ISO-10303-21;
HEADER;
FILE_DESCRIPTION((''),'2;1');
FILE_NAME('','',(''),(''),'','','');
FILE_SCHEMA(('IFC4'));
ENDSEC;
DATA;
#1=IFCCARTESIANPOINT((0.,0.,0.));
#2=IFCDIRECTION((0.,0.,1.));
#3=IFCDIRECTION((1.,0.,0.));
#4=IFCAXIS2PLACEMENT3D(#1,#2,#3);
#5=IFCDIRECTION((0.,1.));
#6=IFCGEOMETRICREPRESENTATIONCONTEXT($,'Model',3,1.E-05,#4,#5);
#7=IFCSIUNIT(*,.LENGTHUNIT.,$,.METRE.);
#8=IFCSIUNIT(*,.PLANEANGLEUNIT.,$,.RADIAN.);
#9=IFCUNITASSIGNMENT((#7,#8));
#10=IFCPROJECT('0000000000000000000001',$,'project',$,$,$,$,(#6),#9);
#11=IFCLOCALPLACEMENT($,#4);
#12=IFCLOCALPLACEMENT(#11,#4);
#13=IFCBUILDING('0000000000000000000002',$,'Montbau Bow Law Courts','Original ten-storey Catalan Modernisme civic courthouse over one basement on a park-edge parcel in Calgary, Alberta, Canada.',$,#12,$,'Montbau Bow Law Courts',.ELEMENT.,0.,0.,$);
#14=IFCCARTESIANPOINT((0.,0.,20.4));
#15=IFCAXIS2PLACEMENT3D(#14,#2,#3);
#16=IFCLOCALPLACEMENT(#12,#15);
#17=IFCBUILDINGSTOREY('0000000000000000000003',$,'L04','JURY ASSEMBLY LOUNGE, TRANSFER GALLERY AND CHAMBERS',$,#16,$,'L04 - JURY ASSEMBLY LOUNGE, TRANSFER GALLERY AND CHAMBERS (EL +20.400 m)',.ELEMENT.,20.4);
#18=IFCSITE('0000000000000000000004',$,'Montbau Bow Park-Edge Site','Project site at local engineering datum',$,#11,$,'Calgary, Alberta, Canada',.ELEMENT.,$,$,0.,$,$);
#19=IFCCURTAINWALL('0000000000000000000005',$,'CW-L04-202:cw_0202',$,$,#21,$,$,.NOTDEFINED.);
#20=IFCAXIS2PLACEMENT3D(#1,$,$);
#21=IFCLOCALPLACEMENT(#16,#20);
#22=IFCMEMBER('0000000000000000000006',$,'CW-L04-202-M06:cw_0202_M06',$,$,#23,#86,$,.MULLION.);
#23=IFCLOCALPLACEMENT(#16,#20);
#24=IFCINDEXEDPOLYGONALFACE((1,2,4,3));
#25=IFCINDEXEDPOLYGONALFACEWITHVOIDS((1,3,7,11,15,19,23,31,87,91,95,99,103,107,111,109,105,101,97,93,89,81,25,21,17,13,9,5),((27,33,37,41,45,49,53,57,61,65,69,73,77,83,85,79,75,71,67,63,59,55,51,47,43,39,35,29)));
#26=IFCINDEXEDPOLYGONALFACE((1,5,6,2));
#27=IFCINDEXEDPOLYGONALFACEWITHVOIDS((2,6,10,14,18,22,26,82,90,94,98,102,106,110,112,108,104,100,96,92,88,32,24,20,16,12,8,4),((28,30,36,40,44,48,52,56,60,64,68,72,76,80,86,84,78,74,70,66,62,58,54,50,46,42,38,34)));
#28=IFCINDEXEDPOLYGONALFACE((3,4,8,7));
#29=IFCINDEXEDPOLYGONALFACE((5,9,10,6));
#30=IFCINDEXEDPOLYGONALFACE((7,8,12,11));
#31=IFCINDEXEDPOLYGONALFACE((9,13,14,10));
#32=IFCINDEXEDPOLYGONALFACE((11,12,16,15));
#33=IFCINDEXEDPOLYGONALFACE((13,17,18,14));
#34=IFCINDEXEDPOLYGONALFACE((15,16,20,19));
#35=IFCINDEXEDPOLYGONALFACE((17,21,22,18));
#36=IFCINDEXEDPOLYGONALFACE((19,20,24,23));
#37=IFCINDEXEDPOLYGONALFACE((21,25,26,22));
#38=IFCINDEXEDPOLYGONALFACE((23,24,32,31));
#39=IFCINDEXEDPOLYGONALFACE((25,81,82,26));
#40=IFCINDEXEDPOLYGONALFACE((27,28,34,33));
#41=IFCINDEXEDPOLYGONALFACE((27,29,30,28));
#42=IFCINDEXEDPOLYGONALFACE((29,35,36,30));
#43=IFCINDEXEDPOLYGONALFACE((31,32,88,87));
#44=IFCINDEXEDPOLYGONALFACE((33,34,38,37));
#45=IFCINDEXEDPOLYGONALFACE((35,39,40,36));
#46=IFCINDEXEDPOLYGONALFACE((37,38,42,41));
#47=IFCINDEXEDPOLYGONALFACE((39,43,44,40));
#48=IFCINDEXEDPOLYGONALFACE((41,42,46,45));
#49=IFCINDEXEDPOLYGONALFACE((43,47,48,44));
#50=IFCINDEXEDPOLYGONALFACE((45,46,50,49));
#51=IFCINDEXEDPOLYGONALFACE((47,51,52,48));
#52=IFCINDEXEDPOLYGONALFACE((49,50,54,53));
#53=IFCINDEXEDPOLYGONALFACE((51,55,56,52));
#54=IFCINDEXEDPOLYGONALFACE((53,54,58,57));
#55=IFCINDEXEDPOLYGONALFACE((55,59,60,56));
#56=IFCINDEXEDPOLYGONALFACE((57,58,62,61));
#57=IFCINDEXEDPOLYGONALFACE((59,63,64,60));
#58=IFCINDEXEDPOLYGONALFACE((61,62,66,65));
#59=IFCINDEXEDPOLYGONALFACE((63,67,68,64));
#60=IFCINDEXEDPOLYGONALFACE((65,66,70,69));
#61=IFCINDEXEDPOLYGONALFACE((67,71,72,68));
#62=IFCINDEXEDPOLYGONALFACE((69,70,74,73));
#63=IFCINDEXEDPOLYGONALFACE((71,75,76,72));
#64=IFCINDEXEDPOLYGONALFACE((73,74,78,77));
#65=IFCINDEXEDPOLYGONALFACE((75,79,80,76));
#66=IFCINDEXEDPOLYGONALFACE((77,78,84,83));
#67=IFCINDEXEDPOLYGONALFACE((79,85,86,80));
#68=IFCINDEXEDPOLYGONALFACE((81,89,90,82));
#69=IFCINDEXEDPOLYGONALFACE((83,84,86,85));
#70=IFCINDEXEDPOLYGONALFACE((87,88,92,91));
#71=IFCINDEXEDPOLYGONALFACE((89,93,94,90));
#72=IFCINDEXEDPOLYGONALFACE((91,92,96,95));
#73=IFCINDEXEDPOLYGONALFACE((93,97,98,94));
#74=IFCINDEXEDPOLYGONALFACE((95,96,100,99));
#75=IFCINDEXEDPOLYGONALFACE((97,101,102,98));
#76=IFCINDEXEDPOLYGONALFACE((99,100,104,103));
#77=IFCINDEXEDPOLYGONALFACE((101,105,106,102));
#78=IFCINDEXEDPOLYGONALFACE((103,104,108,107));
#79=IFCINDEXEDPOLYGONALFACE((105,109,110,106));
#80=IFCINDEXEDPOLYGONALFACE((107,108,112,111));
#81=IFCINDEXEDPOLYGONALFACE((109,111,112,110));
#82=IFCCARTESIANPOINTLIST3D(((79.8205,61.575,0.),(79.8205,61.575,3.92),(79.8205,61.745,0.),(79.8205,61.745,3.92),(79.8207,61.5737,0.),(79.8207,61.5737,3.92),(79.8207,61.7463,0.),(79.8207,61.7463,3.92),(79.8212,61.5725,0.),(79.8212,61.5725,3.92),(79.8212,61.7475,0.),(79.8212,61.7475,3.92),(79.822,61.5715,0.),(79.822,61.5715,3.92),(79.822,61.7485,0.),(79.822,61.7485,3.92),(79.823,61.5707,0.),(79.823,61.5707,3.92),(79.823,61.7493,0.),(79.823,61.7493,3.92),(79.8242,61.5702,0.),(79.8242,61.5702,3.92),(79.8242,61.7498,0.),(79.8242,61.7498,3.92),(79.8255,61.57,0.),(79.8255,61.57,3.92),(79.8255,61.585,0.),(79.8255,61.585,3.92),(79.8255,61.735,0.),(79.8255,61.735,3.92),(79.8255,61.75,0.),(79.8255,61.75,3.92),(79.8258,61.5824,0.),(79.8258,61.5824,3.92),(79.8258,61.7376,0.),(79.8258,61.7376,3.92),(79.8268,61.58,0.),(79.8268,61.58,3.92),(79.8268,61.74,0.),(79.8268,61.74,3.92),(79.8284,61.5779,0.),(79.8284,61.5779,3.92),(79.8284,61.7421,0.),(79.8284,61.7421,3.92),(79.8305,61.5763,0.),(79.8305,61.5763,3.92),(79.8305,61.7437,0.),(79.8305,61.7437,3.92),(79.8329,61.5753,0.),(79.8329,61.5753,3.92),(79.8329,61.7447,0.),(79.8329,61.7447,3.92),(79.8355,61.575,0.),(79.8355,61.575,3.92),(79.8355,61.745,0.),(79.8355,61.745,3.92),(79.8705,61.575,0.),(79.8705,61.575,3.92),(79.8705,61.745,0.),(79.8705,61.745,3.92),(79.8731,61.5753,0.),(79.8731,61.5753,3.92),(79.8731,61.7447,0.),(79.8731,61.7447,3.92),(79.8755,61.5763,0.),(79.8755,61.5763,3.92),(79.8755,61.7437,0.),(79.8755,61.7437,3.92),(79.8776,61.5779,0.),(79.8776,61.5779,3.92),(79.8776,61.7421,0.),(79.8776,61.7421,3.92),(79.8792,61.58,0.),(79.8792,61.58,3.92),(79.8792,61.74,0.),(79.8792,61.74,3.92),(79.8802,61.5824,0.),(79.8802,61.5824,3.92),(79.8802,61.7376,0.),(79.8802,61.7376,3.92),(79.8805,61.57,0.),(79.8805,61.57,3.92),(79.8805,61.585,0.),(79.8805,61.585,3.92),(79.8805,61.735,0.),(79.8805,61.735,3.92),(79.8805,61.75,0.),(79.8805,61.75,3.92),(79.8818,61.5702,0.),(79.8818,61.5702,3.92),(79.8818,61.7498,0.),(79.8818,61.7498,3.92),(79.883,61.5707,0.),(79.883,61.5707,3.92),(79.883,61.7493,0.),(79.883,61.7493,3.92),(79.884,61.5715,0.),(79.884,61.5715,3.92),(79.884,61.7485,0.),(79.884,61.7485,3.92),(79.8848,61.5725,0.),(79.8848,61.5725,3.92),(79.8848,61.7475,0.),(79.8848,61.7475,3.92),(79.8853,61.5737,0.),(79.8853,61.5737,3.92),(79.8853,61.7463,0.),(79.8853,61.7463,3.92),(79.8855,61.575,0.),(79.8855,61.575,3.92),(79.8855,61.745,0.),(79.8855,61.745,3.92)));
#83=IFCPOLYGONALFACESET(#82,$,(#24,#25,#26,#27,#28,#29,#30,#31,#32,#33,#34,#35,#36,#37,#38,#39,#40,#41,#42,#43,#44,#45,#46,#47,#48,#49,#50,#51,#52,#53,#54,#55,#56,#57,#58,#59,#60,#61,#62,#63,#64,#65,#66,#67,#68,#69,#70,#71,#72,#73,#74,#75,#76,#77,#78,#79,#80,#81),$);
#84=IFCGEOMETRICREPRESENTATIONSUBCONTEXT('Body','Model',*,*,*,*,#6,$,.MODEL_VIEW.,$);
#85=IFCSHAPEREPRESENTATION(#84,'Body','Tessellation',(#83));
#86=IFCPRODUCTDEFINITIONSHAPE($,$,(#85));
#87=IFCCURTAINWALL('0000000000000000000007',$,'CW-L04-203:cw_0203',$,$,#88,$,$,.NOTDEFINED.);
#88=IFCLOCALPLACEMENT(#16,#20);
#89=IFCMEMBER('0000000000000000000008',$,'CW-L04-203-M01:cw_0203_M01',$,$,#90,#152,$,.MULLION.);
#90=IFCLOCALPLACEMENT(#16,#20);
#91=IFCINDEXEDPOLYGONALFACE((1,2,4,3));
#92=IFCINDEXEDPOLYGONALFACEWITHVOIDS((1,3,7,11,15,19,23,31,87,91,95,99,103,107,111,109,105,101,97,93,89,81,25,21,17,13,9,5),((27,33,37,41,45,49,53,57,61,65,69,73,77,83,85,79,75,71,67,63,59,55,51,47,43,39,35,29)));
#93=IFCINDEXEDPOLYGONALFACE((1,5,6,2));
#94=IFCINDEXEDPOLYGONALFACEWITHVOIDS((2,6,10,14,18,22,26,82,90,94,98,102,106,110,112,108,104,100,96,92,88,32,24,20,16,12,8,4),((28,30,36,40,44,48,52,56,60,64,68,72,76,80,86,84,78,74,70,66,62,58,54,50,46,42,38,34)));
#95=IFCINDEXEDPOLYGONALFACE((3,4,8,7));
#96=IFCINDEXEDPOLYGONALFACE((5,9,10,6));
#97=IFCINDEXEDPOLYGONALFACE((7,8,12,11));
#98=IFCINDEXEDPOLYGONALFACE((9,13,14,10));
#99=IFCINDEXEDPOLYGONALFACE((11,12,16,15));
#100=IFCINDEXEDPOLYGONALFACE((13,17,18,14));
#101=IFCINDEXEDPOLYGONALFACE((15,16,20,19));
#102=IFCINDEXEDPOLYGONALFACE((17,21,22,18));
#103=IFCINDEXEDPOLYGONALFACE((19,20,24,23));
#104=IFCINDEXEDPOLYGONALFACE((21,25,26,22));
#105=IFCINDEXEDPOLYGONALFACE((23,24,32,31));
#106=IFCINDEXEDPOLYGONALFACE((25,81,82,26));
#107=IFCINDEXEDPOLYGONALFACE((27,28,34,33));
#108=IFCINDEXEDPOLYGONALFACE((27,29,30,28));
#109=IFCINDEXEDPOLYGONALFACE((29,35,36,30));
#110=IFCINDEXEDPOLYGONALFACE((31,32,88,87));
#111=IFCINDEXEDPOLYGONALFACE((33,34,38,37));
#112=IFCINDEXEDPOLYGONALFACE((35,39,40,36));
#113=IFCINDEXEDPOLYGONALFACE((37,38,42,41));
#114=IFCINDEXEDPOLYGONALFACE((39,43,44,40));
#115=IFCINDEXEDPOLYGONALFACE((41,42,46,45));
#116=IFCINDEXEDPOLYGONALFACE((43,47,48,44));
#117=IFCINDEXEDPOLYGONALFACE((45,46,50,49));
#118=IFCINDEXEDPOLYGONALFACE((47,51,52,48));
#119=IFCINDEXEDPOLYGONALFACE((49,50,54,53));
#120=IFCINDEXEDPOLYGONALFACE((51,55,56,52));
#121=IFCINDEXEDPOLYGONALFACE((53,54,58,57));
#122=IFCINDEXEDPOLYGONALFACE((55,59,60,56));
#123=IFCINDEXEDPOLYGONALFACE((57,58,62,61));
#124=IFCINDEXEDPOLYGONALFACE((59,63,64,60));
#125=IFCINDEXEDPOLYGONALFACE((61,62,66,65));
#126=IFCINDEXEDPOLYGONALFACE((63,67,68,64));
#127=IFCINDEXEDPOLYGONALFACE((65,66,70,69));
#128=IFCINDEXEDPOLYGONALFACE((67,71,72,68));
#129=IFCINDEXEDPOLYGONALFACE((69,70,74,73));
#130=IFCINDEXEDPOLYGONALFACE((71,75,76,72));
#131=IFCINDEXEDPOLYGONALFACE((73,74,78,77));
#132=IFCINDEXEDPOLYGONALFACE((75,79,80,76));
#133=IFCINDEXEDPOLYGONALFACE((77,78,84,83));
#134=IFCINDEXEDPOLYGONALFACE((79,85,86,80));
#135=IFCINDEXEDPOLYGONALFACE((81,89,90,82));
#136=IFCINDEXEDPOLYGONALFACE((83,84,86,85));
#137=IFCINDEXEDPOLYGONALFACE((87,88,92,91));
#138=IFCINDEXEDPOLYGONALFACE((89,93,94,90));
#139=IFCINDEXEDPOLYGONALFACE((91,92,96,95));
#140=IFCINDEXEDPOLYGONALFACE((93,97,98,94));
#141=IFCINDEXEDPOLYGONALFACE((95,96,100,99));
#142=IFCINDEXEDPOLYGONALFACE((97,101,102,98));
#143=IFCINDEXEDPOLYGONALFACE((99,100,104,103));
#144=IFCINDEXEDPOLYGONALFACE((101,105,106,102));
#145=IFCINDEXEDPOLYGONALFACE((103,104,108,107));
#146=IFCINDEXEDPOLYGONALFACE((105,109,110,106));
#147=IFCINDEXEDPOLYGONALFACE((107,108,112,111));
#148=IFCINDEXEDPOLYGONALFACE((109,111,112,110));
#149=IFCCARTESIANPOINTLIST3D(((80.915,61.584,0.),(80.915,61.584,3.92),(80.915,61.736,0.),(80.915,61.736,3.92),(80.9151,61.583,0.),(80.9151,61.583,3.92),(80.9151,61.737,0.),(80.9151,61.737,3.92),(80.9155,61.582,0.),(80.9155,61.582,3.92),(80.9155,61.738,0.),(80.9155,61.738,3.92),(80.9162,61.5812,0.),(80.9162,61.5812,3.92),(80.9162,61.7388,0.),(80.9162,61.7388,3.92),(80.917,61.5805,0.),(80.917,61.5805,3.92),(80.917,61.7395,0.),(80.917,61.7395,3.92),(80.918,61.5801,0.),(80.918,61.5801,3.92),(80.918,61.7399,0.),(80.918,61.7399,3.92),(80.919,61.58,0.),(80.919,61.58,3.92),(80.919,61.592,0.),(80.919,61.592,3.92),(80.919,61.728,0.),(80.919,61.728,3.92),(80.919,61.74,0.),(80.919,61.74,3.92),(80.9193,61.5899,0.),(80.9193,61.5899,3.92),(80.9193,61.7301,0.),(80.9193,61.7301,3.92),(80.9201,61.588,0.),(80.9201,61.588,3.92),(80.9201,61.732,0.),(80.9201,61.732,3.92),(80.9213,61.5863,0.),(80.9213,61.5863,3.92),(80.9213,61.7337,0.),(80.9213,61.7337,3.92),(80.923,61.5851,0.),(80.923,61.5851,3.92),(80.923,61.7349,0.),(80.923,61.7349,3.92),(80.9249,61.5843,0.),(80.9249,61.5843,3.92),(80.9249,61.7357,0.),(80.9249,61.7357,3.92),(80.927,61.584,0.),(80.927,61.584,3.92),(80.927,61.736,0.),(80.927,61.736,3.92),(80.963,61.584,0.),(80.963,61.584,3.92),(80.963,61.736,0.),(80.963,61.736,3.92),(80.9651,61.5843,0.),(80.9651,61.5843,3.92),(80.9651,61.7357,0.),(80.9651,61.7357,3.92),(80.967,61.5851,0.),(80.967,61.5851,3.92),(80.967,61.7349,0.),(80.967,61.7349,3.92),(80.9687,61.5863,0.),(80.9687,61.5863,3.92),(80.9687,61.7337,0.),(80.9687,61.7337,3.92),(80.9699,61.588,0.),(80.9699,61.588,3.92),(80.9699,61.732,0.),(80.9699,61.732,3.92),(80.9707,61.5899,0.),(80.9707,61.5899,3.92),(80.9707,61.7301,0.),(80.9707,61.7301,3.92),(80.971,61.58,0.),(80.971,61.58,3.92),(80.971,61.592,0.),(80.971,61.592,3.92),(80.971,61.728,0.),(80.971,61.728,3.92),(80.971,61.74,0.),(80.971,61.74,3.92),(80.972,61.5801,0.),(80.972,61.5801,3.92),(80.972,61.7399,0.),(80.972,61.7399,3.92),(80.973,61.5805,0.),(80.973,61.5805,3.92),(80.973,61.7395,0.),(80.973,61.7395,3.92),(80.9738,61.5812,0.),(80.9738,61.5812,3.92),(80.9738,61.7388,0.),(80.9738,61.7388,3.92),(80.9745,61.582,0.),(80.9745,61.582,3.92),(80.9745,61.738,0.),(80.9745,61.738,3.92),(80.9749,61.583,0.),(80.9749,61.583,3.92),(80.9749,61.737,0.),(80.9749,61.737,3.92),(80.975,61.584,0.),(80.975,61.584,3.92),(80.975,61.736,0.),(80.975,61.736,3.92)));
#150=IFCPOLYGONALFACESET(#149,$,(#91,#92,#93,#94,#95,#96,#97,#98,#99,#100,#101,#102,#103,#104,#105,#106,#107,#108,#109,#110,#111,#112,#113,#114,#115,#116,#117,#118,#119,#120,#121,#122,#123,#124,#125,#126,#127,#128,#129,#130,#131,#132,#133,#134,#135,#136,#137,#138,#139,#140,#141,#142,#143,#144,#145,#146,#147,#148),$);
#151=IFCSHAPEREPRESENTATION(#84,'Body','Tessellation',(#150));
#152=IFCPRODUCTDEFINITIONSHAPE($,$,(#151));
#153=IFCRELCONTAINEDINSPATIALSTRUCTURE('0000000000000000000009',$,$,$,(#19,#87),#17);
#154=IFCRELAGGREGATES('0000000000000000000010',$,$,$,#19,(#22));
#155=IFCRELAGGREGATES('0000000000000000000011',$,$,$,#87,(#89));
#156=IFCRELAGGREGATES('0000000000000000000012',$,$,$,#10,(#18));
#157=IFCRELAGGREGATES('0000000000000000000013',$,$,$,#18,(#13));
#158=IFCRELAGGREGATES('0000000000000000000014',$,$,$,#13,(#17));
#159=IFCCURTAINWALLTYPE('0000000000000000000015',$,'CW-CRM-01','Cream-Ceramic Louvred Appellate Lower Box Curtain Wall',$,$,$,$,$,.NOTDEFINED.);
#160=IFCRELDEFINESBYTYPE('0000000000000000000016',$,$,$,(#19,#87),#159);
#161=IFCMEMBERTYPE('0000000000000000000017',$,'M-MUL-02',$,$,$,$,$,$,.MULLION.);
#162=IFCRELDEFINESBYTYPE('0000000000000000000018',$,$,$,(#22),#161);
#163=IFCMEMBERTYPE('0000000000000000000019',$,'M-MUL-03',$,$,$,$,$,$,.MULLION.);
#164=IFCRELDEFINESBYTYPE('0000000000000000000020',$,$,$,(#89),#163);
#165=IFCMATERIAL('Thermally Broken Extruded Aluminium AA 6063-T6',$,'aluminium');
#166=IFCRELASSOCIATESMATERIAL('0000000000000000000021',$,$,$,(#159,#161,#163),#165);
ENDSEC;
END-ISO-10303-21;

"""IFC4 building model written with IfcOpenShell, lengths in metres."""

from ifc_helpers import new_model, si_unit, direction, frame, origin_with_axes, origin_2d_with_axis, place, context, subcontext, project, spatial, hollow_rectangle, extrude, material, material_profile, profile_set, type_object, element, aggregate, save


model = new_model("IFC4")

# Units and contexts
model_context = context("Model", 3, precision=1e-05, world=origin_with_axes(), true_north=direction((0.0, 1.0)))
body_context = subcontext(model_context, "Body", "Model", "MODEL_VIEW")
ifc_project = project(units=[si_unit("LENGTHUNIT", "METRE"), si_unit("PLANEANGLEUNIT", "RADIAN")], contexts=[model_context])

# Site, building, storey
site_placement = place(None, origin_with_axes())
site = spatial("IfcSite", under=ifc_project, at=site_placement, Name="Montbau Bow Park-Edge Site", Description="Project site at local engineering datum", LongName="Calgary, Alberta, Canada", CompositionType="ELEMENT", RefElevation=0.0)
building_placement = place(site_placement, origin_with_axes())
building = spatial("IfcBuilding", under=site, at=building_placement, Name="Montbau Bow Law Courts", Description="Original ten-storey Catalan Modernisme civic courthouse over one basement on a park-edge parcel in Calgary, Alberta, Canada.", LongName="Montbau Bow Law Courts", CompositionType="ELEMENT", ElevationOfRefHeight=0.0, ElevationOfTerrain=0.0)
storey_placement = place(building_placement, frame((0.0, 0.0, 20.4), z_axis=(0.0, 0.0, 1.0), x_axis=(1.0, 0.0, 0.0)))
storey = spatial("IfcBuildingStorey", under=building, at=storey_placement, Name="L04", Description="JURY ASSEMBLY LOUNGE, TRANSFER GALLERY AND CHAMBERS", LongName="L04 - JURY ASSEMBLY LOUNGE, TRANSFER GALLERY AND CHAMBERS (EL +20.400 m)", CompositionType="ELEMENT", Elevation=20.4)

# Curtain walls, members
ifc_material_1 = material(Name="Thermally Broken Extruded Aluminium AA 6063-T6", Category="aluminium")
curtain_wall_type = type_object("IfcCurtainWallType", Name="CW-CRM-01", Description="Cream-Ceramic Louvred Appellate Lower Box Curtain Wall", PredefinedType="NOTDEFINED", material=ifc_material_1)
curtain_wall_1_placement = place(None, frame((72.515, 61.66, 20.4), z_axis=(0.0, 0.0, 1.0), x_axis=(1.0, 0.0, 0.0)))
curtain_wall_1 = element("IfcCurtainWall", 1, at=curtain_wall_1_placement, inside=storey, type_object=curtain_wall_type, Name="CW-L04-202:cw_0202", PredefinedType="NOTDEFINED")
ifc_material_profile_1 = material_profile(ifc_material_1, hollow_rectangle(XDim=0.065, YDim=0.18, WallThickness=0.005, InnerFilletRadius=0.01, OuterFilletRadius=0.005, at=origin_2d_with_axis()), Name="CWM-180X65", Category="Main", Priority=0)
ifc_profile_set_1 = profile_set([ifc_material_profile_1], Name="Thermally Broken Extruded Aluminium AA 6063-T6")
member_type_1 = type_object("IfcMemberType", Name="M-MUL-02", PredefinedType="MULLION", material=ifc_profile_set_1)
member_1_placement = place(None, frame((79.853, 61.66, 20.4), z_axis=(0.0, 0.0, 1.0), x_axis=(1.0, 0.0, 0.0)))
member_1 = element("IfcMember", 2, at=member_1_placement, type_object=member_type_1, Name="CW-L04-202-M06:cw_0202_M06", PredefinedType="MULLION", context=body_context, shape_type="SweptSolid", body=[
    extrude(hollow_rectangle(XDim=0.065, YDim=0.18, WallThickness=0.005, InnerFilletRadius=0.01, OuterFilletRadius=0.005, at=origin_2d_with_axis()), origin_with_axes(), (0.0, 0.0, 1.0), 3.92),
])
curtain_wall_2_placement = place(None, frame((80.915, 61.66, 20.4), z_axis=(0.0, 0.0, 1.0), x_axis=(1.0, 0.0, 0.0)))
curtain_wall_2 = element("IfcCurtainWall", 3, at=curtain_wall_2_placement, inside=storey, type_object=curtain_wall_type, Name="CW-L04-203:cw_0203", PredefinedType="NOTDEFINED")
ifc_material_profile_2 = material_profile(ifc_material_1, hollow_rectangle(XDim=0.06, YDim=0.16, WallThickness=0.004, InnerFilletRadius=0.008, OuterFilletRadius=0.004, at=origin_2d_with_axis()), Name="CWM-160X60", Category="Main", Priority=0)
ifc_profile_set_2 = profile_set([ifc_material_profile_2], Name="Thermally Broken Extruded Aluminium AA 6063-T6")
member_type_2 = type_object("IfcMemberType", Name="M-MUL-03", PredefinedType="MULLION", material=ifc_profile_set_2)
member_2_placement = place(None, frame((80.945, 61.66, 20.4), z_axis=(0.0, 0.0, 1.0), x_axis=(1.0, 0.0, 0.0)))
member_2 = element("IfcMember", 4, at=member_2_placement, type_object=member_type_2, Name="CW-L04-203-M01:cw_0203_M01", PredefinedType="MULLION", context=body_context, shape_type="SweptSolid", body=[
    extrude(hollow_rectangle(XDim=0.06, YDim=0.16, WallThickness=0.004, InnerFilletRadius=0.008, OuterFilletRadius=0.004, at=origin_2d_with_axis()), origin_with_axes(), (0.0, 0.0, 1.0), 3.92),
])

aggregate(curtain_wall_1, [member_1])
aggregate(curtain_wall_2, [member_2])

save(model, "model.ifc")
